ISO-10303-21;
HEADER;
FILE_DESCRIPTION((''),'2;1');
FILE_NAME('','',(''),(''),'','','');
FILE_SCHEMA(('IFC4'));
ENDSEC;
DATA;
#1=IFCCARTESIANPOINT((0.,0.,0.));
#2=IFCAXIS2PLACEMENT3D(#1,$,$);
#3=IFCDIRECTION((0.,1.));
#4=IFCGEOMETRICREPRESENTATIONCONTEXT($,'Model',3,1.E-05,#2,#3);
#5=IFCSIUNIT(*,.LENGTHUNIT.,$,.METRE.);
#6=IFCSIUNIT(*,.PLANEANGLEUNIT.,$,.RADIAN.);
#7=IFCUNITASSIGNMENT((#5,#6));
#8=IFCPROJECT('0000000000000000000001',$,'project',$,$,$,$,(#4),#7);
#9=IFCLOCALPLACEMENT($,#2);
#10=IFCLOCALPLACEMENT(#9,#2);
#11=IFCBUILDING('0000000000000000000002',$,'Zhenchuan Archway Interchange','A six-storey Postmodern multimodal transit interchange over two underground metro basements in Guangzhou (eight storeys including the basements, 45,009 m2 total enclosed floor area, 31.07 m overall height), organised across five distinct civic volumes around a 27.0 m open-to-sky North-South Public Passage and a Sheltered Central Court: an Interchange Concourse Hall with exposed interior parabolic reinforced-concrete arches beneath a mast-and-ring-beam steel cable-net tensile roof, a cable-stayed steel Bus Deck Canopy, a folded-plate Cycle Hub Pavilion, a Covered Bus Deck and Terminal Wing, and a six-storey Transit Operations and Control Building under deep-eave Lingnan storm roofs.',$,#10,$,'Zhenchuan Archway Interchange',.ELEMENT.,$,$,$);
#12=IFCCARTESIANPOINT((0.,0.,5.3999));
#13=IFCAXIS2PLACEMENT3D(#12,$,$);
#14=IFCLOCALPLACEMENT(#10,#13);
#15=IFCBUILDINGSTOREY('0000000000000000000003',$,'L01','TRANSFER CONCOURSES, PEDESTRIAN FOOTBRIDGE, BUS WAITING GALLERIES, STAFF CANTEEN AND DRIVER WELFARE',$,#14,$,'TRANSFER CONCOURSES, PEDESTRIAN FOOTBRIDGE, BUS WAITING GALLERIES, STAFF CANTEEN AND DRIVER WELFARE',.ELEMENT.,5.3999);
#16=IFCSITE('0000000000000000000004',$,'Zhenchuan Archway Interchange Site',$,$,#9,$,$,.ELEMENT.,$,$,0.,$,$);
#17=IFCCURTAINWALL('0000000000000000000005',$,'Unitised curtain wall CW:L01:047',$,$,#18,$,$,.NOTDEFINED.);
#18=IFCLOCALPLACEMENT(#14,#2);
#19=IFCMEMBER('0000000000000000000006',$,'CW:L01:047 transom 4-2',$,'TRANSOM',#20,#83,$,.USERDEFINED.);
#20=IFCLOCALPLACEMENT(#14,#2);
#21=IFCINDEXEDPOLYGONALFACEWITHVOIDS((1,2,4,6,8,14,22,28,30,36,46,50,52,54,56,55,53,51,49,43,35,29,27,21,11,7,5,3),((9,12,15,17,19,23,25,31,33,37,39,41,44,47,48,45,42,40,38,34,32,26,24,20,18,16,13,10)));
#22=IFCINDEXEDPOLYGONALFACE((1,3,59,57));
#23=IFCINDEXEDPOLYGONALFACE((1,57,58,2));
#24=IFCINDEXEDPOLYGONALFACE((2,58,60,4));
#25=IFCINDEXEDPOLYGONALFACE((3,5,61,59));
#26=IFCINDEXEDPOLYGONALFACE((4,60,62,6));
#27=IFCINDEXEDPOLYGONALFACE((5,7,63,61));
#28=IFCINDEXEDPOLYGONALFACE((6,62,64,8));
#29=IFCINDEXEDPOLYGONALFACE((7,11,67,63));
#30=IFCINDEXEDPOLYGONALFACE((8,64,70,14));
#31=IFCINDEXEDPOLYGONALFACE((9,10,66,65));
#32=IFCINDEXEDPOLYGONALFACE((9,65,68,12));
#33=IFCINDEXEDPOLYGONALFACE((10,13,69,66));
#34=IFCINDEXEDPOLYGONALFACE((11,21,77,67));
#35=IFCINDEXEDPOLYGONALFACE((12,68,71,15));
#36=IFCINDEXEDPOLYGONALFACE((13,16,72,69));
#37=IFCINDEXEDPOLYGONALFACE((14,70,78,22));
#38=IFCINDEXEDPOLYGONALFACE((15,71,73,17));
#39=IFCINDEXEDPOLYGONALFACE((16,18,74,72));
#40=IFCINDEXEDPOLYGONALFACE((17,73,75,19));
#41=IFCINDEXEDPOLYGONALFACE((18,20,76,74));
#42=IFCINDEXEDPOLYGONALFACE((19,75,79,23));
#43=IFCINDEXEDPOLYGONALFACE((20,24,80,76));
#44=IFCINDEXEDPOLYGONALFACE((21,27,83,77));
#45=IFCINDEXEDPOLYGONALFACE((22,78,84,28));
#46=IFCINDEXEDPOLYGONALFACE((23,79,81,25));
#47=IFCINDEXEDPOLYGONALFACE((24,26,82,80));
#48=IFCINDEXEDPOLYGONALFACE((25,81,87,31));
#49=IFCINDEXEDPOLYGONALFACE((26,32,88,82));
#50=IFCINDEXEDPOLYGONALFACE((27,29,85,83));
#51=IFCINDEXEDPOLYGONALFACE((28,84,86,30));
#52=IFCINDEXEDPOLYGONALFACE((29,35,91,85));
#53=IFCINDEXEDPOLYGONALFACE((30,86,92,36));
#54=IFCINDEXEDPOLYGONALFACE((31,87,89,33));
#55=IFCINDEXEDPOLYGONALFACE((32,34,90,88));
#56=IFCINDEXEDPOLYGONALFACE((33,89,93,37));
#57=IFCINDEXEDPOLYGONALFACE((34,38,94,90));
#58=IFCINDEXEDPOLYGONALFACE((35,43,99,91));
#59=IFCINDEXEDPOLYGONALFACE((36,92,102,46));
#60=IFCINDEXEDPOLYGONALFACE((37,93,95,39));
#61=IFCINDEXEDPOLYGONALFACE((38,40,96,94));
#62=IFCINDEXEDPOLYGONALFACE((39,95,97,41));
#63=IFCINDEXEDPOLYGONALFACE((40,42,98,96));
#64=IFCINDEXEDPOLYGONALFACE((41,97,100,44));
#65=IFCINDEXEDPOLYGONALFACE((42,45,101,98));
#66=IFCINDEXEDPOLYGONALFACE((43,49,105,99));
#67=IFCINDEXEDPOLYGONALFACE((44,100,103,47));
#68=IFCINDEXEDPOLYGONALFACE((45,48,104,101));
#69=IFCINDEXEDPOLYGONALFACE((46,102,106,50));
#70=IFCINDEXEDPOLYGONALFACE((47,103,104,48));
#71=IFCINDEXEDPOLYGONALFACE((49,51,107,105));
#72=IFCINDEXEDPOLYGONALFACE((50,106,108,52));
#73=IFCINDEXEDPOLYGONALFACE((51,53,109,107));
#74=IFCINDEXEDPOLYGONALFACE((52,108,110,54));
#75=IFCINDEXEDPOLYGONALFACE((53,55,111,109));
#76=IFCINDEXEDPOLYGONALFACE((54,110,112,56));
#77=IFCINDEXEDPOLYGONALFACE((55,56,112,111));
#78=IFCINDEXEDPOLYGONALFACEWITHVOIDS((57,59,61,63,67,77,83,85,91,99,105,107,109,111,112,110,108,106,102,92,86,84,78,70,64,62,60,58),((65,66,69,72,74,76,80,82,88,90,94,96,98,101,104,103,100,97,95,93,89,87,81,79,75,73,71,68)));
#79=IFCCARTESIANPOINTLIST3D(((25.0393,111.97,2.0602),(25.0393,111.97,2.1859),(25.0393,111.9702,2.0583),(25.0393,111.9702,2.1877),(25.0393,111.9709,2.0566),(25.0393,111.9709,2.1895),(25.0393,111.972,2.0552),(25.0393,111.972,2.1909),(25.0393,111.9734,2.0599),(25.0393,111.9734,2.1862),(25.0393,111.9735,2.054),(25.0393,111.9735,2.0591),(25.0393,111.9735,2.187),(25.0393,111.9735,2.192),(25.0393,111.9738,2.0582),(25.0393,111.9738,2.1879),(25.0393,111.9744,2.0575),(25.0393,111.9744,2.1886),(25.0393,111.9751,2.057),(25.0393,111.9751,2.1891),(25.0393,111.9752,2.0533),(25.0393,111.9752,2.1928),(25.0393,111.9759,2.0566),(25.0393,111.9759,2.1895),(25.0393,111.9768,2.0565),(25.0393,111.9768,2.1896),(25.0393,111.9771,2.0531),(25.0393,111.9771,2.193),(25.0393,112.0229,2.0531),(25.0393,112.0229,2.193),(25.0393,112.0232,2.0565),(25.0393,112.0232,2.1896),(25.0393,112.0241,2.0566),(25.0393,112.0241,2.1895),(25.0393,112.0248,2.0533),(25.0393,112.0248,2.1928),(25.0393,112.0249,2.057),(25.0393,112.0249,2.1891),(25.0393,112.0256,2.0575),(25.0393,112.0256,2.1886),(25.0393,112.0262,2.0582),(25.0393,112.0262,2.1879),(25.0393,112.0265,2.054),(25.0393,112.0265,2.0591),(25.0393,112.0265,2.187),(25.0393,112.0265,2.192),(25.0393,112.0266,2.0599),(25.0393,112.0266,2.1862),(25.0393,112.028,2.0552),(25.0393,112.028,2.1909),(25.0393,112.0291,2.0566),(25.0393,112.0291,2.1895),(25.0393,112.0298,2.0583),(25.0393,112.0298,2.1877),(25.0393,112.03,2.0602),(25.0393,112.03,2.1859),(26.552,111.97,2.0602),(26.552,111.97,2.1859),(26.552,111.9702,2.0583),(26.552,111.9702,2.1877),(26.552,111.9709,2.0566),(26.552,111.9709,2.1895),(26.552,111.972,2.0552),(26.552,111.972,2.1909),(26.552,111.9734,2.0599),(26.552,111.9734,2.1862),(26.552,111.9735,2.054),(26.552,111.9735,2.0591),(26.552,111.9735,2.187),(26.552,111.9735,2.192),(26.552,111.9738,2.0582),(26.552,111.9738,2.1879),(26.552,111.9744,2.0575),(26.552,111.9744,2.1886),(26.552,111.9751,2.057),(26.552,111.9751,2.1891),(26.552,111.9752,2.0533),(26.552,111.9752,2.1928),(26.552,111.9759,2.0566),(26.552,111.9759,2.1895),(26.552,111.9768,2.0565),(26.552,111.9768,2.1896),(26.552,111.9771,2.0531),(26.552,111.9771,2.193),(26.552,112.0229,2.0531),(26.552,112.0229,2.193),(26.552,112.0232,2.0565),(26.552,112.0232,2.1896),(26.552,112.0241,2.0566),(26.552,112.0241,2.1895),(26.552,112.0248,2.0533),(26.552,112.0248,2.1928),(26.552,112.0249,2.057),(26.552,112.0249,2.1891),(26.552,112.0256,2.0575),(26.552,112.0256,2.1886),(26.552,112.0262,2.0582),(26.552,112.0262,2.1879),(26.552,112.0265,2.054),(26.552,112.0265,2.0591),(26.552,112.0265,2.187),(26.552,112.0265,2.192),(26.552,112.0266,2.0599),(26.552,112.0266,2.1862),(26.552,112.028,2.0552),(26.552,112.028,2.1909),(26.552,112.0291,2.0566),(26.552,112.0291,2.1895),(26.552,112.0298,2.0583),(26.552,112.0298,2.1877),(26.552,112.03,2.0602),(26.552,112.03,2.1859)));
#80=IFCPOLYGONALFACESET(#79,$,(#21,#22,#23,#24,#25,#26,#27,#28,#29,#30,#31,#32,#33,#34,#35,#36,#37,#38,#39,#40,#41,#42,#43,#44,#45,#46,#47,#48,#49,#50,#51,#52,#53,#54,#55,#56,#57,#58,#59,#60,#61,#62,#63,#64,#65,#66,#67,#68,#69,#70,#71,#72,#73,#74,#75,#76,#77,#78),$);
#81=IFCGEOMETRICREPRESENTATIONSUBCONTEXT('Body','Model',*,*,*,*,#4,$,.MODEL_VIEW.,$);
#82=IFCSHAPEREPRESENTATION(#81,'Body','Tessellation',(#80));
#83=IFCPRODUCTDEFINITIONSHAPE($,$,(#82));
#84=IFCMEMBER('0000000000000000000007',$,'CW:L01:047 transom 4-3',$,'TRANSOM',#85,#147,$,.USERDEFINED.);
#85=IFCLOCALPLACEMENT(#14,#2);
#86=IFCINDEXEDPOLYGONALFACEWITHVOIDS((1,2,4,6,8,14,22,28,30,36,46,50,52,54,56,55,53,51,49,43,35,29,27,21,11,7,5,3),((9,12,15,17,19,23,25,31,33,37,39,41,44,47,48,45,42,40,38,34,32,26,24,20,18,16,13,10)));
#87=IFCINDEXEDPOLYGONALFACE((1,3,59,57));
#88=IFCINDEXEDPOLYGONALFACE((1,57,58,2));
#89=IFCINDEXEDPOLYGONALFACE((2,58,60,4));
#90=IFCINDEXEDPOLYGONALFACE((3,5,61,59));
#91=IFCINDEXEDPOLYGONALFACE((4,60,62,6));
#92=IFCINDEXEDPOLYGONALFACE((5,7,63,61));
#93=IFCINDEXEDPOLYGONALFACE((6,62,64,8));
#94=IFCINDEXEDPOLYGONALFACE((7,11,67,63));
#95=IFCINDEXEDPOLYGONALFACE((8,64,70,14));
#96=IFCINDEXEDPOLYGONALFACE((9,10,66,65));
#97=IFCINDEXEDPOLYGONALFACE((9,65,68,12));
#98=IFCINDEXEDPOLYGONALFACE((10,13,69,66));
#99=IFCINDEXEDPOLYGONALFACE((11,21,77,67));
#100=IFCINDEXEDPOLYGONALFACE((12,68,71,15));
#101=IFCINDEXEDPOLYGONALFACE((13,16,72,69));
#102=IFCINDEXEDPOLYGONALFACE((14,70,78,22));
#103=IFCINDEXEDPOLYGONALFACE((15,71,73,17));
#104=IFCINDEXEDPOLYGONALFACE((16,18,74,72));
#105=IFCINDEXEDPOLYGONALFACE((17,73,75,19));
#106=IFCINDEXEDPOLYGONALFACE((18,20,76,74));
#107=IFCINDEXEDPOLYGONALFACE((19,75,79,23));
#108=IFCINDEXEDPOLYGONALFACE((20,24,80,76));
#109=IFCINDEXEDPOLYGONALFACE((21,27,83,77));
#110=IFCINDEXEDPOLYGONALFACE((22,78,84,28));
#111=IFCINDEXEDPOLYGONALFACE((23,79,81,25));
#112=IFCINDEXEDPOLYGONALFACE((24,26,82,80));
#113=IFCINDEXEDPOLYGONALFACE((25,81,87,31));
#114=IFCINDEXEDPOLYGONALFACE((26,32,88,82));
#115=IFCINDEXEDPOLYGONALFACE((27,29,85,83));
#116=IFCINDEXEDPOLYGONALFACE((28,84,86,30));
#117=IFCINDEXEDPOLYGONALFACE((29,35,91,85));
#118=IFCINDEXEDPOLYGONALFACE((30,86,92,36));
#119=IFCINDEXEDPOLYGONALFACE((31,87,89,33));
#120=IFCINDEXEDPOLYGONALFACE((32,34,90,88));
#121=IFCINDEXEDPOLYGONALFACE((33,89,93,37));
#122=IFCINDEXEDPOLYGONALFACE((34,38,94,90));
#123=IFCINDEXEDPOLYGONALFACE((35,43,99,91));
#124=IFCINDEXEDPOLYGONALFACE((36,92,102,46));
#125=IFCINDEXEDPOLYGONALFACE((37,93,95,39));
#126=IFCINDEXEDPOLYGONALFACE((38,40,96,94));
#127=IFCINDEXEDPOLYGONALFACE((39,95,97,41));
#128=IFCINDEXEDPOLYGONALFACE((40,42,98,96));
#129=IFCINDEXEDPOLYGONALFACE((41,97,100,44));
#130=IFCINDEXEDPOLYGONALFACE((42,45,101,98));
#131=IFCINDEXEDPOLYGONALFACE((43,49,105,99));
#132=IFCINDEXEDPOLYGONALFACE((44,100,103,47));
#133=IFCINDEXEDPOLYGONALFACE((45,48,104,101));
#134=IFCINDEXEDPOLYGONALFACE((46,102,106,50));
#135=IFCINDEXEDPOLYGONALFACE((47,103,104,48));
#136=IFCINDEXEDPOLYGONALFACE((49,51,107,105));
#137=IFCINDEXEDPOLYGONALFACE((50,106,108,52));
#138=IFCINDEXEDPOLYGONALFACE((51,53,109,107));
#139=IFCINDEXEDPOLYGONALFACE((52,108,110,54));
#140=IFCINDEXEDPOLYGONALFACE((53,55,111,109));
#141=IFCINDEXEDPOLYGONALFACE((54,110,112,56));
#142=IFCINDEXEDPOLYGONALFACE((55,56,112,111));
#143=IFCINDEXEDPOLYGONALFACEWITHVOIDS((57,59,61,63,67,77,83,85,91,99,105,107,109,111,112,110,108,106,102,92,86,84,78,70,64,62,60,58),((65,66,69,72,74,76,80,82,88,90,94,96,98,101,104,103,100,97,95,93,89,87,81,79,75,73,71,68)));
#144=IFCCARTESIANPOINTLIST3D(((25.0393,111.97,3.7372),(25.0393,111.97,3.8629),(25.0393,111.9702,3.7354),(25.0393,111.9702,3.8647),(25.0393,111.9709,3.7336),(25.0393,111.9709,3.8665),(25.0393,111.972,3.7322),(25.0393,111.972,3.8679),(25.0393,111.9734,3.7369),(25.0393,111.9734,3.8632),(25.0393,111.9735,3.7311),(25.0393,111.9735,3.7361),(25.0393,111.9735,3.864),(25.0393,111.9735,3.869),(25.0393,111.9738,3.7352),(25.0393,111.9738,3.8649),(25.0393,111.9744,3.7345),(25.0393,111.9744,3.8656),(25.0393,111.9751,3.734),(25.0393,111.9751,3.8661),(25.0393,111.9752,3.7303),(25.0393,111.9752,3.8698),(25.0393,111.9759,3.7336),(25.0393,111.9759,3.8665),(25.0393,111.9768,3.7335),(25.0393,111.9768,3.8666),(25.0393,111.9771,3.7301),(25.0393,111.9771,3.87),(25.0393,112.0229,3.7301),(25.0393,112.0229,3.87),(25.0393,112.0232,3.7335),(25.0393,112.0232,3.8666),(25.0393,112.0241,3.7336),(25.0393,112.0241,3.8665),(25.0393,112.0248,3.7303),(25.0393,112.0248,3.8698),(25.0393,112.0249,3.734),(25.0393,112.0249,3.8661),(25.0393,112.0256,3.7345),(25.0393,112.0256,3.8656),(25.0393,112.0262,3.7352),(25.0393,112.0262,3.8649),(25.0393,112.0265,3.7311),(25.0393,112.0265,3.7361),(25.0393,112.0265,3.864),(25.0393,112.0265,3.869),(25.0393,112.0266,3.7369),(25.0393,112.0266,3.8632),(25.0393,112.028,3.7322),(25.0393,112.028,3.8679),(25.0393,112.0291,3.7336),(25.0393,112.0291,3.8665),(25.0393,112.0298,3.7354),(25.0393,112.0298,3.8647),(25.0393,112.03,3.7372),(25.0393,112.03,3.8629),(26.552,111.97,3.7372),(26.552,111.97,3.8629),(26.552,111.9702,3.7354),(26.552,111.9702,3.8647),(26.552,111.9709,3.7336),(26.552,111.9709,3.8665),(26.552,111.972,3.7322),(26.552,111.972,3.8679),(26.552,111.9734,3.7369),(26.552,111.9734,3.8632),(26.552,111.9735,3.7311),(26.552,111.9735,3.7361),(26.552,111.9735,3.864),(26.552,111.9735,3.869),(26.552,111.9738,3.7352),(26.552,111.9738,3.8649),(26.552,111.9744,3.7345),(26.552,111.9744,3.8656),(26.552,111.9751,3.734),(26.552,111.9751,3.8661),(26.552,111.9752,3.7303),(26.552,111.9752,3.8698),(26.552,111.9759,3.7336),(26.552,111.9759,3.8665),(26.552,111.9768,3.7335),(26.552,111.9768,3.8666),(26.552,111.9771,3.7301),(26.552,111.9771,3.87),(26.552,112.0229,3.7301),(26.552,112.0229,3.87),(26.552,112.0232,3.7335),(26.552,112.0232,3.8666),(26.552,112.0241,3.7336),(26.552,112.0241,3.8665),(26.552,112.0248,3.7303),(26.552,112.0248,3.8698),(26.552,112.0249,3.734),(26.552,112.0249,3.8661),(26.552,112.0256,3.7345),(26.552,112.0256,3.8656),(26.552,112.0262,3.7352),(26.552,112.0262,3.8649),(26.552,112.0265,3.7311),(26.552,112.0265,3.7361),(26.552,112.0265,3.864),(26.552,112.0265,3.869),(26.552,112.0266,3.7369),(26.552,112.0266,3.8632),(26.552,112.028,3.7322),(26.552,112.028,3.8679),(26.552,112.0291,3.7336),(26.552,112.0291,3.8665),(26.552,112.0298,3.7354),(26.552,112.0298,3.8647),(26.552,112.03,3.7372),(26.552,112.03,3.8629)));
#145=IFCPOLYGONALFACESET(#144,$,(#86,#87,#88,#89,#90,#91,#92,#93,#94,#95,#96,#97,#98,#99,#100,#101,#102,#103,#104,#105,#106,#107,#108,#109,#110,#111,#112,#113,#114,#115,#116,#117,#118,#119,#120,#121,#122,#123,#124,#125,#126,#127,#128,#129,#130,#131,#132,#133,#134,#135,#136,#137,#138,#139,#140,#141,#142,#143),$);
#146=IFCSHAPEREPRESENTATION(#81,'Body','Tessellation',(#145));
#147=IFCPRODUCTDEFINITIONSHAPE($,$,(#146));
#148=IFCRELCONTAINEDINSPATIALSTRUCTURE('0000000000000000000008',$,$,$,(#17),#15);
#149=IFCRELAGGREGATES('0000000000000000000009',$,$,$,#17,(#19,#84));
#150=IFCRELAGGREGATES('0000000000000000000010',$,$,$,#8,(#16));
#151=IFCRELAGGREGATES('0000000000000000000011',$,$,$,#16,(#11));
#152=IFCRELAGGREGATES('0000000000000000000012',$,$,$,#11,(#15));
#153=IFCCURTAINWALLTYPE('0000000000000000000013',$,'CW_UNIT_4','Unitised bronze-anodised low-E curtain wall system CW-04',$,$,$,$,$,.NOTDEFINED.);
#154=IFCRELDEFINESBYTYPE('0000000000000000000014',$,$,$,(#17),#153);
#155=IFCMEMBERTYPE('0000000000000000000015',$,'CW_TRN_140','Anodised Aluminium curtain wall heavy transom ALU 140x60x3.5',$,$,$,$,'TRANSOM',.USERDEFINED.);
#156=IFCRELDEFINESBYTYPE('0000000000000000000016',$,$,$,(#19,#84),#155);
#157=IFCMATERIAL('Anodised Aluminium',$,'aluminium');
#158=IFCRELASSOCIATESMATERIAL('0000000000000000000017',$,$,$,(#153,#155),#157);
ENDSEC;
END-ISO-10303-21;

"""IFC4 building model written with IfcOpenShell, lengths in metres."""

from ifc_helpers import new_model, si_unit, direction, frame, origin, origin_2d, place, context, subcontext, project, spatial, hollow_rectangle, extrude, material, material_profile, profile_set, type_object, element, aggregate, save


model = new_model("IFC4")

# Units and contexts
model_context = context("Model", 3, precision=1e-05, world=origin(), true_north=direction((0.0, 1.0)))
body_context = subcontext(model_context, "Body", "Model", "MODEL_VIEW")
ifc_project = project(units=[si_unit("LENGTHUNIT", "METRE"), si_unit("PLANEANGLEUNIT", "RADIAN")], contexts=[model_context])

# Site, building, storey
site_placement = place(None, origin())
site = spatial("IfcSite", under=ifc_project, at=site_placement, Name="Zhenchuan Archway Interchange Site", CompositionType="ELEMENT", RefElevation=0.0)
building_placement = place(site_placement, origin())
building = spatial("IfcBuilding", under=site, at=building_placement, Name="Zhenchuan Archway Interchange", Description="A six-storey Postmodern multimodal transit interchange over two underground metro basements in Guangzhou (eight storeys including the basements, 45,009 m2 total enclosed floor area, 31.07 m overall height), organised across five distinct civic volumes around a 27.0 m open-to-sky North-South Public Passage and a Sheltered Central Court: an Interchange Concourse Hall with exposed interior parabolic reinforced-concrete arches beneath a mast-and-ring-beam steel cable-net tensile roof, a cable-stayed steel Bus Deck Canopy, a folded-plate Cycle Hub Pavilion, a Covered Bus Deck and Terminal Wing, and a six-storey Transit Operations and Control Building under deep-eave Lingnan storm roofs.", LongName="Zhenchuan Archway Interchange", CompositionType="ELEMENT")
storey_placement = place(building_placement, frame((0.0, 0.0, 5.3999)))
storey = spatial("IfcBuildingStorey", under=building, at=storey_placement, Name="L01", Description="TRANSFER CONCOURSES, PEDESTRIAN FOOTBRIDGE, BUS WAITING GALLERIES, STAFF CANTEEN AND DRIVER WELFARE", LongName="TRANSFER CONCOURSES, PEDESTRIAN FOOTBRIDGE, BUS WAITING GALLERIES, STAFF CANTEEN AND DRIVER WELFARE", CompositionType="ELEMENT", Elevation=5.3999)

# Curtain wall
ifc_material_1 = material(Name="Anodised Aluminium", Category="aluminium")
curtain_wall_type_1 = type_object("IfcCurtainWallType", Name="CW_UNIT_4", Description="Unitised bronze-anodised low-E curtain wall system CW-04", PredefinedType="NOTDEFINED", material=ifc_material_1)
curtain_wall_1_placement = place(storey_placement, origin())
curtain_wall_1 = element("IfcCurtainWall", 1, at=curtain_wall_1_placement, inside=storey, type_object=curtain_wall_type_1, Name="Unitised curtain wall CW:L01:047", PredefinedType="NOTDEFINED")

# Members
ifc_material_profile_1 = material_profile(ifc_material_1, hollow_rectangle(XDim=0.0601, YDim=0.1399, WallThickness=0.0034, InnerFilletRadius=0.0034, OuterFilletRadius=0.0071, at=origin_2d()), Name="ALU 140x60x3.5")
ifc_profile_set_1 = profile_set([ifc_material_profile_1], Name="Anodised Aluminium")
member_type_1 = type_object("IfcMemberType", Name="CW_TRN_140", Description="Anodised Aluminium curtain wall heavy transom ALU 140x60x3.5", ElementType="TRANSOM", PredefinedType="USERDEFINED", material=ifc_profile_set_1)
member_1_placement = place(storey_placement, frame((25.0393, 112.0, 2.123), z_axis=(1.0, 0.0, 0.0), x_axis=(0.0, 1.0, 0.0)))
member_1 = element("IfcMember", 2, at=member_1_placement, type_object=member_type_1, Name="CW:L01:047 transom 4-2", ObjectType="TRANSOM", PredefinedType="USERDEFINED", context=body_context, shape_type="SweptSolid", body=[
    extrude(hollow_rectangle(XDim=0.0601, YDim=0.1399, WallThickness=0.0034, InnerFilletRadius=0.0034, OuterFilletRadius=0.0071, at=origin_2d()), origin(), (0.0, 0.0, 1.0), 1.5127),
])
member_2_placement = place(storey_placement, frame((25.0393, 112.0, 3.8), z_axis=(1.0, 0.0, 0.0), x_axis=(0.0, 1.0, 0.0)))
member_2 = element("IfcMember", 3, at=member_2_placement, type_object=member_type_1, Name="CW:L01:047 transom 4-3", ObjectType="TRANSOM", PredefinedType="USERDEFINED", context=body_context, shape_type="SweptSolid", body=[
    extrude(hollow_rectangle(XDim=0.0601, YDim=0.1399, WallThickness=0.0034, InnerFilletRadius=0.0034, OuterFilletRadius=0.0071, at=origin_2d()), origin(), (0.0, 0.0, 1.0), 1.5127),
])

aggregate(curtain_wall_1, [member_1, member_2])

save(model, "model.ifc")
